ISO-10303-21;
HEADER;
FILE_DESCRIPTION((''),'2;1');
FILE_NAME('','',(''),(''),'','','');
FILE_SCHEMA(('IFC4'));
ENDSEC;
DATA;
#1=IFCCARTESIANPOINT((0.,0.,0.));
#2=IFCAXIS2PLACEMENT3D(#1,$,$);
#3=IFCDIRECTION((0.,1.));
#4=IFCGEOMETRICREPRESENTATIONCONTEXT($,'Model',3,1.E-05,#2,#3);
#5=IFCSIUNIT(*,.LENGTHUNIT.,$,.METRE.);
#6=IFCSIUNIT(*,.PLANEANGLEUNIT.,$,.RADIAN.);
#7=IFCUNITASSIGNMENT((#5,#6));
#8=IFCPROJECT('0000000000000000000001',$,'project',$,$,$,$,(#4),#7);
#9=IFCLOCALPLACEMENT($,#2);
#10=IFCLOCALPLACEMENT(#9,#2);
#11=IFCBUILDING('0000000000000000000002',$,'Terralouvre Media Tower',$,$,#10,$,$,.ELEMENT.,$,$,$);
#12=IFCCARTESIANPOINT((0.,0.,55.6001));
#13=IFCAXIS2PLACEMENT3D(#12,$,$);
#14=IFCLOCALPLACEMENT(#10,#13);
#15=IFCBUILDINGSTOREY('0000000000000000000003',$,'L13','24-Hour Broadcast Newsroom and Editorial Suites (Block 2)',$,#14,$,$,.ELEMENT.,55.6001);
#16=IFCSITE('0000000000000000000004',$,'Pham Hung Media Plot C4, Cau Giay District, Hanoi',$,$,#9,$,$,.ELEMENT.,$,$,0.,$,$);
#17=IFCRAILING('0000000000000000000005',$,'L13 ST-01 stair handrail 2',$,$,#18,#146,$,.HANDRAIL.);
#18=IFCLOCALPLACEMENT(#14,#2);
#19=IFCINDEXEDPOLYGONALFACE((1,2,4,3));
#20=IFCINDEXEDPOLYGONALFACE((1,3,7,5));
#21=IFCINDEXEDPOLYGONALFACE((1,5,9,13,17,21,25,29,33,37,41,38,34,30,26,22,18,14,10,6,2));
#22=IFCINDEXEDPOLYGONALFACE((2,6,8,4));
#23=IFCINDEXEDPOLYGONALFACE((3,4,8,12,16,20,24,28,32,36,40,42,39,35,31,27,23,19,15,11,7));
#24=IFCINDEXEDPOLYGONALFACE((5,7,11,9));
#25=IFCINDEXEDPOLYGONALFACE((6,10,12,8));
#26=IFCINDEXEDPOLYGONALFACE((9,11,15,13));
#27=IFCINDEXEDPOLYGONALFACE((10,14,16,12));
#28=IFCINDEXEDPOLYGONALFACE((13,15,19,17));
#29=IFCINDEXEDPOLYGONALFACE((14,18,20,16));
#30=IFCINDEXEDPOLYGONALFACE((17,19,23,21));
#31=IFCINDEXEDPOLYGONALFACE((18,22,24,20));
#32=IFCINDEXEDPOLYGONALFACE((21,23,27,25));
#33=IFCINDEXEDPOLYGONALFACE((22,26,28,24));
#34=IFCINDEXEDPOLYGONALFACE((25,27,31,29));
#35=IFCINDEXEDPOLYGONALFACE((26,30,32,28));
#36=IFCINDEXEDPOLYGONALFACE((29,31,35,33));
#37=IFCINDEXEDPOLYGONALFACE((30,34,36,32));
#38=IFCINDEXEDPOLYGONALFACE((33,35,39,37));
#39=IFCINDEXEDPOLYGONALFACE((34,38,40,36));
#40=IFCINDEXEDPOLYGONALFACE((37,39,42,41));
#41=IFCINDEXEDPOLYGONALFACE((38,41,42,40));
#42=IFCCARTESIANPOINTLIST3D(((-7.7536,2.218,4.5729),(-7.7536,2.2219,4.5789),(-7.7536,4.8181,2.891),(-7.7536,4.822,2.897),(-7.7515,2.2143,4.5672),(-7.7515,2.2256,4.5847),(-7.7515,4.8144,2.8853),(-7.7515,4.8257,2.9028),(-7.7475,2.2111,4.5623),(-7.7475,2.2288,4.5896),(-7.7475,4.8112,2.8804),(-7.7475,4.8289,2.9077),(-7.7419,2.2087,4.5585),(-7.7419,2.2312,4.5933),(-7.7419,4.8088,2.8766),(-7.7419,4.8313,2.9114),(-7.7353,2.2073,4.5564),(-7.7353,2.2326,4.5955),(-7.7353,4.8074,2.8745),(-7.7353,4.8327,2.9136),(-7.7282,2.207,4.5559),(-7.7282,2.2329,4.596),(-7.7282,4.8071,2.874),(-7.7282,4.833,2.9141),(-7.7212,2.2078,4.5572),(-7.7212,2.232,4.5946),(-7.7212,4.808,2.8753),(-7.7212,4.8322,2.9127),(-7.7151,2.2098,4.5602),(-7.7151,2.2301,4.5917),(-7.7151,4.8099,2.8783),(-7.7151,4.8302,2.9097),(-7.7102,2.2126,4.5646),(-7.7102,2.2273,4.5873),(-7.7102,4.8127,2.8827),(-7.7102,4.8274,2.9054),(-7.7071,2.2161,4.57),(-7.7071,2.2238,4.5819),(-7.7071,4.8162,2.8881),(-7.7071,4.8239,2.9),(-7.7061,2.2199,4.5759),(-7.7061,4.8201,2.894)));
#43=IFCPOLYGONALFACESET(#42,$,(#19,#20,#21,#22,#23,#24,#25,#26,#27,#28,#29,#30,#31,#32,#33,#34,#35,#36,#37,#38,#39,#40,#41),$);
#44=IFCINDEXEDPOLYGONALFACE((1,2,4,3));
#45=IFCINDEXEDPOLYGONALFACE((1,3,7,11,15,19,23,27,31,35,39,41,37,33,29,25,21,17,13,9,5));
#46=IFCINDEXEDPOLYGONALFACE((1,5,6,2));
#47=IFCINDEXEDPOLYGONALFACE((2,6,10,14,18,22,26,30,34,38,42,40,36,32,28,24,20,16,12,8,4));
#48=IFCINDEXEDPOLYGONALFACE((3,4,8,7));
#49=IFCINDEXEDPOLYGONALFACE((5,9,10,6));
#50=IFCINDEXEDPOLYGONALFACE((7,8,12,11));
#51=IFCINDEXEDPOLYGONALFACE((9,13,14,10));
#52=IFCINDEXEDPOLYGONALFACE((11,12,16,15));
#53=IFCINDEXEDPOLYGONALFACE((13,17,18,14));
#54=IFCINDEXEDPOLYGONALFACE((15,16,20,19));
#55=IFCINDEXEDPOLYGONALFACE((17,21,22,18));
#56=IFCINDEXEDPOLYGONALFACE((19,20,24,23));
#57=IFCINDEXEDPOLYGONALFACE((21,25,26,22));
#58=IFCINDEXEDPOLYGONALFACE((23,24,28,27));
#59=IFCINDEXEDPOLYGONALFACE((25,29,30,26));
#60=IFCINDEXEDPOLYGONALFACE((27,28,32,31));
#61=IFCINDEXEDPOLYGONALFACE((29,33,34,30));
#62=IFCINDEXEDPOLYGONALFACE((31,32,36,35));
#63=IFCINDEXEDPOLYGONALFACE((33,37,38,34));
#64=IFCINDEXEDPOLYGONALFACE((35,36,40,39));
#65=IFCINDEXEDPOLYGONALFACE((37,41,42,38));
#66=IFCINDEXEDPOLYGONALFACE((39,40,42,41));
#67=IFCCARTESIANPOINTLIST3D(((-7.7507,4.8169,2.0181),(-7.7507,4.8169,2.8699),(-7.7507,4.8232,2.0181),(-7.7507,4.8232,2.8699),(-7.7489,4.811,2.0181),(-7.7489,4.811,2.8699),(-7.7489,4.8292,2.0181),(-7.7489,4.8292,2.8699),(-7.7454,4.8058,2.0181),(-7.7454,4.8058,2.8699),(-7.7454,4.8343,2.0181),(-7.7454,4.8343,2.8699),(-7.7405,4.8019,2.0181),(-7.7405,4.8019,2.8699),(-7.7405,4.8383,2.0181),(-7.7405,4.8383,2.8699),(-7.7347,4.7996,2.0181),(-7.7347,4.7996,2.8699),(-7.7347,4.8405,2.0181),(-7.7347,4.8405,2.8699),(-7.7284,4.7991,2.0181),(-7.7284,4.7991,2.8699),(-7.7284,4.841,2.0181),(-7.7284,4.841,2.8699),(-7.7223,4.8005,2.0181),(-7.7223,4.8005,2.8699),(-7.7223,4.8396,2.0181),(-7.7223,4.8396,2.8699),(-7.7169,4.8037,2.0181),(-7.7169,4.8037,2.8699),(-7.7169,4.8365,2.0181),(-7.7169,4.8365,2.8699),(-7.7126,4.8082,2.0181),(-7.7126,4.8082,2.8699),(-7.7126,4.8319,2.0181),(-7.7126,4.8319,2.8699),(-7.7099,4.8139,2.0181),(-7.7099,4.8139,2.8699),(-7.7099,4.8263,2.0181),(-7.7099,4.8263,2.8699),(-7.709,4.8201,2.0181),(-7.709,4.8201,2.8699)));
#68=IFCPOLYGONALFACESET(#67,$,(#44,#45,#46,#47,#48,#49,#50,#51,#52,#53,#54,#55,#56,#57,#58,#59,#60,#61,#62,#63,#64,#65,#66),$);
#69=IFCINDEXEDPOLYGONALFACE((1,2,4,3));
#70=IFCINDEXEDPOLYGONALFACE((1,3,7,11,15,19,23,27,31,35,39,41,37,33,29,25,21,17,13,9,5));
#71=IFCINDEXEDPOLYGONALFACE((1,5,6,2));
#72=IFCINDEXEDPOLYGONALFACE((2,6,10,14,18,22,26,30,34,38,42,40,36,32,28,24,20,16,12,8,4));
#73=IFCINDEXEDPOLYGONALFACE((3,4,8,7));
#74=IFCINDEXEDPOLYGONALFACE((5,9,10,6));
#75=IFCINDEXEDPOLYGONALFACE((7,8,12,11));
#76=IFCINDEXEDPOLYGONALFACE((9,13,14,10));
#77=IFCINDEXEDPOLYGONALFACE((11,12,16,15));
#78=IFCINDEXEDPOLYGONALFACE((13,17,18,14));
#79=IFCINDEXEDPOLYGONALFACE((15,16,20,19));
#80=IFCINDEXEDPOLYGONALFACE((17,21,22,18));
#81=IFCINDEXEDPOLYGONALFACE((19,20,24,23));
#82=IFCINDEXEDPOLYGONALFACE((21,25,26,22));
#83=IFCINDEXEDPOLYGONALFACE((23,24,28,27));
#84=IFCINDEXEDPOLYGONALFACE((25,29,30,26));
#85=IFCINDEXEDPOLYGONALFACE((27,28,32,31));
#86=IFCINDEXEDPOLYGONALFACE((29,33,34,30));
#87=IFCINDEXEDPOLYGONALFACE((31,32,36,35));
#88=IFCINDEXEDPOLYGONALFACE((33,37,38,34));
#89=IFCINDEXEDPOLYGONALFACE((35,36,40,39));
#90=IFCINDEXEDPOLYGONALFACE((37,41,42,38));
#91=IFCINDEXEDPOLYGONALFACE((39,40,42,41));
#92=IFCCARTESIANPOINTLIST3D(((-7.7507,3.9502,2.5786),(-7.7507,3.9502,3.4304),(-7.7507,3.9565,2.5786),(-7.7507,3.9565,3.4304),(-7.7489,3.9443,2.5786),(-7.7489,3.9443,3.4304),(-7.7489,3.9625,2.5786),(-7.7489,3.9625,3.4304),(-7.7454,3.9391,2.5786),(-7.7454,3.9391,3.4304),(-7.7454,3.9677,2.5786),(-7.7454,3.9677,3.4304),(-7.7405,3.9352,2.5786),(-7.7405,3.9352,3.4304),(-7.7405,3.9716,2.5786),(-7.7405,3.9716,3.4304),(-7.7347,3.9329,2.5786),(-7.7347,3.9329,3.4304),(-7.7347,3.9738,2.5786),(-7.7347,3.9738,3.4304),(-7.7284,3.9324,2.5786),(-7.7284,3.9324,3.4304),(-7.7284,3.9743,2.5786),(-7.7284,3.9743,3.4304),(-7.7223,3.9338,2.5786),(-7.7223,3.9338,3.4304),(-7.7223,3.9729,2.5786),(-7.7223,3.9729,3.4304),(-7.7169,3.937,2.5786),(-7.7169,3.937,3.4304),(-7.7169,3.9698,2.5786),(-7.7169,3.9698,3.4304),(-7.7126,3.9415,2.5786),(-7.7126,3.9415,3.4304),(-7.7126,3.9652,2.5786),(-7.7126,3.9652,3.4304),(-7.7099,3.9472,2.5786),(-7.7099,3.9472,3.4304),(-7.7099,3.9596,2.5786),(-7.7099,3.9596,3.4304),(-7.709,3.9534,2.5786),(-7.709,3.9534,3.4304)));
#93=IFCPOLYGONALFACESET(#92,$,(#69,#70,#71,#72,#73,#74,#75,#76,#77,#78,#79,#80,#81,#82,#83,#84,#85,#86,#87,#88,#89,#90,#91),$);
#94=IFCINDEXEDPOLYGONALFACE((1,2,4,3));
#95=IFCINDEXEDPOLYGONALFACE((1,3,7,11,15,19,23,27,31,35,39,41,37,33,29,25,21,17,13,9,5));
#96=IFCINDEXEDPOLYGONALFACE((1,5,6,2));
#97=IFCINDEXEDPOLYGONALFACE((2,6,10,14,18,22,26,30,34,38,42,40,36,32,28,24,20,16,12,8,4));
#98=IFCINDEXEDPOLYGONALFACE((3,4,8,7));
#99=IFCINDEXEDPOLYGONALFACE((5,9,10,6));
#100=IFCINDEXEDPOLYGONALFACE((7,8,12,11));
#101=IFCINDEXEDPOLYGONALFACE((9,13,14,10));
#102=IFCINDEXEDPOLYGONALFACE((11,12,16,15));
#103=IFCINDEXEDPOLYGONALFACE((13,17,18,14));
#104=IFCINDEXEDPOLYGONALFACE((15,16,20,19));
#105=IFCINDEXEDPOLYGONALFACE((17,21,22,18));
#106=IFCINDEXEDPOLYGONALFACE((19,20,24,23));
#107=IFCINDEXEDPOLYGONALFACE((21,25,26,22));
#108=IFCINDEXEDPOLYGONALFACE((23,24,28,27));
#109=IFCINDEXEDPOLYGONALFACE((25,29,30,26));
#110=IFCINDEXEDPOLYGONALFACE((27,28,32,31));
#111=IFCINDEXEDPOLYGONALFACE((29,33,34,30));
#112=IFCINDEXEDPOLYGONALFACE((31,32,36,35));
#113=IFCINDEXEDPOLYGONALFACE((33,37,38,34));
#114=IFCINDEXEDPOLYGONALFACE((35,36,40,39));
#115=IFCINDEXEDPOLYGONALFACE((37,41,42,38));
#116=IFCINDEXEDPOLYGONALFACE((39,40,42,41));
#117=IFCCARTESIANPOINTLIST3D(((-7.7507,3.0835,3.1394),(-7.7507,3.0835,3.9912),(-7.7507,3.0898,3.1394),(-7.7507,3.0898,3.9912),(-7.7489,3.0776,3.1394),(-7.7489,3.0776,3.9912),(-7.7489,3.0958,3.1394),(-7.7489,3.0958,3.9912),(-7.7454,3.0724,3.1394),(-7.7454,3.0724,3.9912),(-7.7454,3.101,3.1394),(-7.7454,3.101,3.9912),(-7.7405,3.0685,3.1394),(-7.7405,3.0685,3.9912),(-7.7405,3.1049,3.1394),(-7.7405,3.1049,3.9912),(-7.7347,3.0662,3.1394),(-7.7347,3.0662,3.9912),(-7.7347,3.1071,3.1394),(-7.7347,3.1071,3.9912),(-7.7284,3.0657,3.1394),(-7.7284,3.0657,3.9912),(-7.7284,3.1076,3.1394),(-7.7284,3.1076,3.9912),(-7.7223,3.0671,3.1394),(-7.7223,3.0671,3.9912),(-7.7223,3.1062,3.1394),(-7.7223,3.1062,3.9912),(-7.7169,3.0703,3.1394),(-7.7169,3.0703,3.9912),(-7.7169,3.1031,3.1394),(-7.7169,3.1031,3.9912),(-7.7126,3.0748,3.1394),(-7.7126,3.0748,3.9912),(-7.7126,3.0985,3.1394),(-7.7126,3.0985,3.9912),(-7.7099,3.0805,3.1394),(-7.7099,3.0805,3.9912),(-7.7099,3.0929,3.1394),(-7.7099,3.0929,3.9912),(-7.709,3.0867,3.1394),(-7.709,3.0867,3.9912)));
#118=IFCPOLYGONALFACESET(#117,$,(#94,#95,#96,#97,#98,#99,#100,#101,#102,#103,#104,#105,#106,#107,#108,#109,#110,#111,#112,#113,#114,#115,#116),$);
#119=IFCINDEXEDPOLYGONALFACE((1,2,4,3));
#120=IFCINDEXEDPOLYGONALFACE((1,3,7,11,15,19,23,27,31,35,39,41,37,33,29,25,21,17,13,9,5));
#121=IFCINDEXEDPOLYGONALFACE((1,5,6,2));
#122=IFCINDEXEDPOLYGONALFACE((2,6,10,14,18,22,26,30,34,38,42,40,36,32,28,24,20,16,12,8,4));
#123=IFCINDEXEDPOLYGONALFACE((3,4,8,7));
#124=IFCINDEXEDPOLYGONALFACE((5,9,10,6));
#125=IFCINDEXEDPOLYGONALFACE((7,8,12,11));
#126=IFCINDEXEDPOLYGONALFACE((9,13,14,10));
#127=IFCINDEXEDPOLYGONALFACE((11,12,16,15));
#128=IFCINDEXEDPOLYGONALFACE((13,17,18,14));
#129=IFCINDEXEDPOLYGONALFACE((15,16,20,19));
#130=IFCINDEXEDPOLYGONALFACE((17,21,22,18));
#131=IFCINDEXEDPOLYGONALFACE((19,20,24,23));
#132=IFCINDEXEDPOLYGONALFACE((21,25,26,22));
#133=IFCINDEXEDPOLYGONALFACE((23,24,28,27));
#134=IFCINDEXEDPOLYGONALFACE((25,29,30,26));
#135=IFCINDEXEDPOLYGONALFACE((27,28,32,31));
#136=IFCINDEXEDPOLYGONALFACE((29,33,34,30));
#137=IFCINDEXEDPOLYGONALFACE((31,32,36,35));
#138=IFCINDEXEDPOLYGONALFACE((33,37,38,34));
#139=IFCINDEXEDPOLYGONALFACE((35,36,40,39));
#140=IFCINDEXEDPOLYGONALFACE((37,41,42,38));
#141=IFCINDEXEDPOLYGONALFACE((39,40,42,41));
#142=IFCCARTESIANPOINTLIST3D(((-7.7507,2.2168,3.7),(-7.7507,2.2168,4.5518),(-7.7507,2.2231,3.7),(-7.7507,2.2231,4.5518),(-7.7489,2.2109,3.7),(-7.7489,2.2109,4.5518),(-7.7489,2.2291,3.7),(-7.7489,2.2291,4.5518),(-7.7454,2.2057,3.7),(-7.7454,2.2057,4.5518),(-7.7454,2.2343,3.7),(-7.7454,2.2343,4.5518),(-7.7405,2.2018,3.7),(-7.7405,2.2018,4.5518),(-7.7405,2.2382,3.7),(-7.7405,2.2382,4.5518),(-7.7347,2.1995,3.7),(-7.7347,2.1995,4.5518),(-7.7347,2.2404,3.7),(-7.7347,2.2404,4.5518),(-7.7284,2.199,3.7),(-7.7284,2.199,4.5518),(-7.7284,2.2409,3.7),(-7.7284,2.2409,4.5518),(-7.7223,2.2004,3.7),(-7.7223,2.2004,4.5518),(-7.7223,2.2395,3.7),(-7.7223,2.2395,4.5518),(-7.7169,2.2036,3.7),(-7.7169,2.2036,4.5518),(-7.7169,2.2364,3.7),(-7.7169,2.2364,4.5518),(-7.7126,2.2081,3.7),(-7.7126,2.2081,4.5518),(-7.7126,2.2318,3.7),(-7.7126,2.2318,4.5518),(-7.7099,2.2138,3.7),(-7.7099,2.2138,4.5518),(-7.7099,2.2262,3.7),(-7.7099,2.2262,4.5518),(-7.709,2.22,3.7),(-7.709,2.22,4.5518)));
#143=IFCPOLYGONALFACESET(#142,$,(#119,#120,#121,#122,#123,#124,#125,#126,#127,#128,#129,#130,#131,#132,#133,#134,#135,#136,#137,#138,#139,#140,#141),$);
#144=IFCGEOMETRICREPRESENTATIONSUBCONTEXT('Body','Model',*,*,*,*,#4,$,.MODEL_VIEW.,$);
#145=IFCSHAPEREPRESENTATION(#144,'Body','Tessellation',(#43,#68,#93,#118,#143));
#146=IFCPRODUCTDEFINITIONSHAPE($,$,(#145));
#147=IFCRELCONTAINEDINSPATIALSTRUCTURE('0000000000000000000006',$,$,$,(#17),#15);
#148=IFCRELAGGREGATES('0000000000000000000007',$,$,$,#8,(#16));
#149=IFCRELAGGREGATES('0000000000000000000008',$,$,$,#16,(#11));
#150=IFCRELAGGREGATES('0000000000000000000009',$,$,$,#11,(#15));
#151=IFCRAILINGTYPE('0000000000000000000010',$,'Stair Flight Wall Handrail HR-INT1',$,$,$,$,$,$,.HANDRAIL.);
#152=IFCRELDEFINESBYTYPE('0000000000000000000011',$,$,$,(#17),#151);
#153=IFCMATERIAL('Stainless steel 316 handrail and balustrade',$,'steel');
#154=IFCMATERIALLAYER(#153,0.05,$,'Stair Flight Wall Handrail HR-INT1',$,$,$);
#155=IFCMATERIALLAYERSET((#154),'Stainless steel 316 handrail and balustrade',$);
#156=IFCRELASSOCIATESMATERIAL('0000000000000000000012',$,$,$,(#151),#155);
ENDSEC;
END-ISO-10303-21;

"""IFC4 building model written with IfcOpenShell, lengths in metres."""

from ifc_helpers import new_model, si_unit, direction, frame, origin, origin_2d, place, context, subcontext, project, spatial, circle, extrude, material, layer, layer_set, type_object, element, save


model = new_model("IFC4")

# Units and contexts
model_context = context("Model", 3, precision=1e-05, world=origin(), true_north=direction((0.0, 1.0)))
body_context = subcontext(model_context, "Body", "Model", "MODEL_VIEW")
ifc_project = project(units=[si_unit("LENGTHUNIT", "METRE"), si_unit("PLANEANGLEUNIT", "RADIAN")], contexts=[model_context])

# Site, building, storey
site_placement = place(None, origin())
site = spatial("IfcSite", under=ifc_project, at=site_placement, Name="Pham Hung Media Plot C4, Cau Giay District, Hanoi", CompositionType="ELEMENT", RefElevation=0.0)
building_placement = place(site_placement, origin())
building = spatial("IfcBuilding", under=site, at=building_placement, Name="Terralouvre Media Tower", CompositionType="ELEMENT")
storey_placement = place(building_placement, frame((0.0, 0.0, 55.6001)))
storey = spatial("IfcBuildingStorey", under=building, at=storey_placement, Name="L13", Description="24-Hour Broadcast Newsroom and Editorial Suites (Block 2)", CompositionType="ELEMENT", Elevation=55.6001)

# Railing
ifc_material_1 = material(Name="Stainless steel 316 handrail and balustrade", Category="steel")
ifc_layer_1 = layer(ifc_material_1, 0.05, Name="Stair Flight Wall Handrail HR-INT1")
ifc_layer_set_1 = layer_set([ifc_layer_1], Name="Stainless steel 316 handrail and balustrade")
railing_type_1 = type_object("IfcRailingType", Name="Stair Flight Wall Handrail HR-INT1", PredefinedType="HANDRAIL", material=ifc_layer_set_1)
railing_1_placement = place(storey_placement, frame((-7.73, 4.8201, 2.0181)))
element("IfcRailing", 1, at=railing_1_placement, inside=storey, type_object=railing_type_1, Name="L13 ST-01 stair handrail 2", PredefinedType="HANDRAIL", context=body_context, shape_type="SweptSolid", body=[
    extrude(circle(Radius=0.0239, at=origin_2d()), frame((0.0, 0.0, 0.876), z_axis=(0.0, -0.839648, 0.54313), x_axis=(1.0, 0.0, 0.0)), (0.0, 0.0, 1.0), 3.0967),
    extrude(circle(Radius=0.021, at=origin_2d()), origin(), (0.0, 0.0, 1.0), 0.8518),
    extrude(circle(Radius=0.021, at=origin_2d()), frame((0.0, -0.8667, 0.5605)), (0.0, 0.0, 1.0), 0.8518),
    extrude(circle(Radius=0.021, at=origin_2d()), frame((0.0, -1.7334, 1.1213)), (0.0, 0.0, 1.0), 0.8518),
    extrude(circle(Radius=0.021, at=origin_2d()), frame((0.0, -2.6001, 1.6819)), (0.0, 0.0, 1.0), 0.8518),
])

save(model, "model.ifc")
